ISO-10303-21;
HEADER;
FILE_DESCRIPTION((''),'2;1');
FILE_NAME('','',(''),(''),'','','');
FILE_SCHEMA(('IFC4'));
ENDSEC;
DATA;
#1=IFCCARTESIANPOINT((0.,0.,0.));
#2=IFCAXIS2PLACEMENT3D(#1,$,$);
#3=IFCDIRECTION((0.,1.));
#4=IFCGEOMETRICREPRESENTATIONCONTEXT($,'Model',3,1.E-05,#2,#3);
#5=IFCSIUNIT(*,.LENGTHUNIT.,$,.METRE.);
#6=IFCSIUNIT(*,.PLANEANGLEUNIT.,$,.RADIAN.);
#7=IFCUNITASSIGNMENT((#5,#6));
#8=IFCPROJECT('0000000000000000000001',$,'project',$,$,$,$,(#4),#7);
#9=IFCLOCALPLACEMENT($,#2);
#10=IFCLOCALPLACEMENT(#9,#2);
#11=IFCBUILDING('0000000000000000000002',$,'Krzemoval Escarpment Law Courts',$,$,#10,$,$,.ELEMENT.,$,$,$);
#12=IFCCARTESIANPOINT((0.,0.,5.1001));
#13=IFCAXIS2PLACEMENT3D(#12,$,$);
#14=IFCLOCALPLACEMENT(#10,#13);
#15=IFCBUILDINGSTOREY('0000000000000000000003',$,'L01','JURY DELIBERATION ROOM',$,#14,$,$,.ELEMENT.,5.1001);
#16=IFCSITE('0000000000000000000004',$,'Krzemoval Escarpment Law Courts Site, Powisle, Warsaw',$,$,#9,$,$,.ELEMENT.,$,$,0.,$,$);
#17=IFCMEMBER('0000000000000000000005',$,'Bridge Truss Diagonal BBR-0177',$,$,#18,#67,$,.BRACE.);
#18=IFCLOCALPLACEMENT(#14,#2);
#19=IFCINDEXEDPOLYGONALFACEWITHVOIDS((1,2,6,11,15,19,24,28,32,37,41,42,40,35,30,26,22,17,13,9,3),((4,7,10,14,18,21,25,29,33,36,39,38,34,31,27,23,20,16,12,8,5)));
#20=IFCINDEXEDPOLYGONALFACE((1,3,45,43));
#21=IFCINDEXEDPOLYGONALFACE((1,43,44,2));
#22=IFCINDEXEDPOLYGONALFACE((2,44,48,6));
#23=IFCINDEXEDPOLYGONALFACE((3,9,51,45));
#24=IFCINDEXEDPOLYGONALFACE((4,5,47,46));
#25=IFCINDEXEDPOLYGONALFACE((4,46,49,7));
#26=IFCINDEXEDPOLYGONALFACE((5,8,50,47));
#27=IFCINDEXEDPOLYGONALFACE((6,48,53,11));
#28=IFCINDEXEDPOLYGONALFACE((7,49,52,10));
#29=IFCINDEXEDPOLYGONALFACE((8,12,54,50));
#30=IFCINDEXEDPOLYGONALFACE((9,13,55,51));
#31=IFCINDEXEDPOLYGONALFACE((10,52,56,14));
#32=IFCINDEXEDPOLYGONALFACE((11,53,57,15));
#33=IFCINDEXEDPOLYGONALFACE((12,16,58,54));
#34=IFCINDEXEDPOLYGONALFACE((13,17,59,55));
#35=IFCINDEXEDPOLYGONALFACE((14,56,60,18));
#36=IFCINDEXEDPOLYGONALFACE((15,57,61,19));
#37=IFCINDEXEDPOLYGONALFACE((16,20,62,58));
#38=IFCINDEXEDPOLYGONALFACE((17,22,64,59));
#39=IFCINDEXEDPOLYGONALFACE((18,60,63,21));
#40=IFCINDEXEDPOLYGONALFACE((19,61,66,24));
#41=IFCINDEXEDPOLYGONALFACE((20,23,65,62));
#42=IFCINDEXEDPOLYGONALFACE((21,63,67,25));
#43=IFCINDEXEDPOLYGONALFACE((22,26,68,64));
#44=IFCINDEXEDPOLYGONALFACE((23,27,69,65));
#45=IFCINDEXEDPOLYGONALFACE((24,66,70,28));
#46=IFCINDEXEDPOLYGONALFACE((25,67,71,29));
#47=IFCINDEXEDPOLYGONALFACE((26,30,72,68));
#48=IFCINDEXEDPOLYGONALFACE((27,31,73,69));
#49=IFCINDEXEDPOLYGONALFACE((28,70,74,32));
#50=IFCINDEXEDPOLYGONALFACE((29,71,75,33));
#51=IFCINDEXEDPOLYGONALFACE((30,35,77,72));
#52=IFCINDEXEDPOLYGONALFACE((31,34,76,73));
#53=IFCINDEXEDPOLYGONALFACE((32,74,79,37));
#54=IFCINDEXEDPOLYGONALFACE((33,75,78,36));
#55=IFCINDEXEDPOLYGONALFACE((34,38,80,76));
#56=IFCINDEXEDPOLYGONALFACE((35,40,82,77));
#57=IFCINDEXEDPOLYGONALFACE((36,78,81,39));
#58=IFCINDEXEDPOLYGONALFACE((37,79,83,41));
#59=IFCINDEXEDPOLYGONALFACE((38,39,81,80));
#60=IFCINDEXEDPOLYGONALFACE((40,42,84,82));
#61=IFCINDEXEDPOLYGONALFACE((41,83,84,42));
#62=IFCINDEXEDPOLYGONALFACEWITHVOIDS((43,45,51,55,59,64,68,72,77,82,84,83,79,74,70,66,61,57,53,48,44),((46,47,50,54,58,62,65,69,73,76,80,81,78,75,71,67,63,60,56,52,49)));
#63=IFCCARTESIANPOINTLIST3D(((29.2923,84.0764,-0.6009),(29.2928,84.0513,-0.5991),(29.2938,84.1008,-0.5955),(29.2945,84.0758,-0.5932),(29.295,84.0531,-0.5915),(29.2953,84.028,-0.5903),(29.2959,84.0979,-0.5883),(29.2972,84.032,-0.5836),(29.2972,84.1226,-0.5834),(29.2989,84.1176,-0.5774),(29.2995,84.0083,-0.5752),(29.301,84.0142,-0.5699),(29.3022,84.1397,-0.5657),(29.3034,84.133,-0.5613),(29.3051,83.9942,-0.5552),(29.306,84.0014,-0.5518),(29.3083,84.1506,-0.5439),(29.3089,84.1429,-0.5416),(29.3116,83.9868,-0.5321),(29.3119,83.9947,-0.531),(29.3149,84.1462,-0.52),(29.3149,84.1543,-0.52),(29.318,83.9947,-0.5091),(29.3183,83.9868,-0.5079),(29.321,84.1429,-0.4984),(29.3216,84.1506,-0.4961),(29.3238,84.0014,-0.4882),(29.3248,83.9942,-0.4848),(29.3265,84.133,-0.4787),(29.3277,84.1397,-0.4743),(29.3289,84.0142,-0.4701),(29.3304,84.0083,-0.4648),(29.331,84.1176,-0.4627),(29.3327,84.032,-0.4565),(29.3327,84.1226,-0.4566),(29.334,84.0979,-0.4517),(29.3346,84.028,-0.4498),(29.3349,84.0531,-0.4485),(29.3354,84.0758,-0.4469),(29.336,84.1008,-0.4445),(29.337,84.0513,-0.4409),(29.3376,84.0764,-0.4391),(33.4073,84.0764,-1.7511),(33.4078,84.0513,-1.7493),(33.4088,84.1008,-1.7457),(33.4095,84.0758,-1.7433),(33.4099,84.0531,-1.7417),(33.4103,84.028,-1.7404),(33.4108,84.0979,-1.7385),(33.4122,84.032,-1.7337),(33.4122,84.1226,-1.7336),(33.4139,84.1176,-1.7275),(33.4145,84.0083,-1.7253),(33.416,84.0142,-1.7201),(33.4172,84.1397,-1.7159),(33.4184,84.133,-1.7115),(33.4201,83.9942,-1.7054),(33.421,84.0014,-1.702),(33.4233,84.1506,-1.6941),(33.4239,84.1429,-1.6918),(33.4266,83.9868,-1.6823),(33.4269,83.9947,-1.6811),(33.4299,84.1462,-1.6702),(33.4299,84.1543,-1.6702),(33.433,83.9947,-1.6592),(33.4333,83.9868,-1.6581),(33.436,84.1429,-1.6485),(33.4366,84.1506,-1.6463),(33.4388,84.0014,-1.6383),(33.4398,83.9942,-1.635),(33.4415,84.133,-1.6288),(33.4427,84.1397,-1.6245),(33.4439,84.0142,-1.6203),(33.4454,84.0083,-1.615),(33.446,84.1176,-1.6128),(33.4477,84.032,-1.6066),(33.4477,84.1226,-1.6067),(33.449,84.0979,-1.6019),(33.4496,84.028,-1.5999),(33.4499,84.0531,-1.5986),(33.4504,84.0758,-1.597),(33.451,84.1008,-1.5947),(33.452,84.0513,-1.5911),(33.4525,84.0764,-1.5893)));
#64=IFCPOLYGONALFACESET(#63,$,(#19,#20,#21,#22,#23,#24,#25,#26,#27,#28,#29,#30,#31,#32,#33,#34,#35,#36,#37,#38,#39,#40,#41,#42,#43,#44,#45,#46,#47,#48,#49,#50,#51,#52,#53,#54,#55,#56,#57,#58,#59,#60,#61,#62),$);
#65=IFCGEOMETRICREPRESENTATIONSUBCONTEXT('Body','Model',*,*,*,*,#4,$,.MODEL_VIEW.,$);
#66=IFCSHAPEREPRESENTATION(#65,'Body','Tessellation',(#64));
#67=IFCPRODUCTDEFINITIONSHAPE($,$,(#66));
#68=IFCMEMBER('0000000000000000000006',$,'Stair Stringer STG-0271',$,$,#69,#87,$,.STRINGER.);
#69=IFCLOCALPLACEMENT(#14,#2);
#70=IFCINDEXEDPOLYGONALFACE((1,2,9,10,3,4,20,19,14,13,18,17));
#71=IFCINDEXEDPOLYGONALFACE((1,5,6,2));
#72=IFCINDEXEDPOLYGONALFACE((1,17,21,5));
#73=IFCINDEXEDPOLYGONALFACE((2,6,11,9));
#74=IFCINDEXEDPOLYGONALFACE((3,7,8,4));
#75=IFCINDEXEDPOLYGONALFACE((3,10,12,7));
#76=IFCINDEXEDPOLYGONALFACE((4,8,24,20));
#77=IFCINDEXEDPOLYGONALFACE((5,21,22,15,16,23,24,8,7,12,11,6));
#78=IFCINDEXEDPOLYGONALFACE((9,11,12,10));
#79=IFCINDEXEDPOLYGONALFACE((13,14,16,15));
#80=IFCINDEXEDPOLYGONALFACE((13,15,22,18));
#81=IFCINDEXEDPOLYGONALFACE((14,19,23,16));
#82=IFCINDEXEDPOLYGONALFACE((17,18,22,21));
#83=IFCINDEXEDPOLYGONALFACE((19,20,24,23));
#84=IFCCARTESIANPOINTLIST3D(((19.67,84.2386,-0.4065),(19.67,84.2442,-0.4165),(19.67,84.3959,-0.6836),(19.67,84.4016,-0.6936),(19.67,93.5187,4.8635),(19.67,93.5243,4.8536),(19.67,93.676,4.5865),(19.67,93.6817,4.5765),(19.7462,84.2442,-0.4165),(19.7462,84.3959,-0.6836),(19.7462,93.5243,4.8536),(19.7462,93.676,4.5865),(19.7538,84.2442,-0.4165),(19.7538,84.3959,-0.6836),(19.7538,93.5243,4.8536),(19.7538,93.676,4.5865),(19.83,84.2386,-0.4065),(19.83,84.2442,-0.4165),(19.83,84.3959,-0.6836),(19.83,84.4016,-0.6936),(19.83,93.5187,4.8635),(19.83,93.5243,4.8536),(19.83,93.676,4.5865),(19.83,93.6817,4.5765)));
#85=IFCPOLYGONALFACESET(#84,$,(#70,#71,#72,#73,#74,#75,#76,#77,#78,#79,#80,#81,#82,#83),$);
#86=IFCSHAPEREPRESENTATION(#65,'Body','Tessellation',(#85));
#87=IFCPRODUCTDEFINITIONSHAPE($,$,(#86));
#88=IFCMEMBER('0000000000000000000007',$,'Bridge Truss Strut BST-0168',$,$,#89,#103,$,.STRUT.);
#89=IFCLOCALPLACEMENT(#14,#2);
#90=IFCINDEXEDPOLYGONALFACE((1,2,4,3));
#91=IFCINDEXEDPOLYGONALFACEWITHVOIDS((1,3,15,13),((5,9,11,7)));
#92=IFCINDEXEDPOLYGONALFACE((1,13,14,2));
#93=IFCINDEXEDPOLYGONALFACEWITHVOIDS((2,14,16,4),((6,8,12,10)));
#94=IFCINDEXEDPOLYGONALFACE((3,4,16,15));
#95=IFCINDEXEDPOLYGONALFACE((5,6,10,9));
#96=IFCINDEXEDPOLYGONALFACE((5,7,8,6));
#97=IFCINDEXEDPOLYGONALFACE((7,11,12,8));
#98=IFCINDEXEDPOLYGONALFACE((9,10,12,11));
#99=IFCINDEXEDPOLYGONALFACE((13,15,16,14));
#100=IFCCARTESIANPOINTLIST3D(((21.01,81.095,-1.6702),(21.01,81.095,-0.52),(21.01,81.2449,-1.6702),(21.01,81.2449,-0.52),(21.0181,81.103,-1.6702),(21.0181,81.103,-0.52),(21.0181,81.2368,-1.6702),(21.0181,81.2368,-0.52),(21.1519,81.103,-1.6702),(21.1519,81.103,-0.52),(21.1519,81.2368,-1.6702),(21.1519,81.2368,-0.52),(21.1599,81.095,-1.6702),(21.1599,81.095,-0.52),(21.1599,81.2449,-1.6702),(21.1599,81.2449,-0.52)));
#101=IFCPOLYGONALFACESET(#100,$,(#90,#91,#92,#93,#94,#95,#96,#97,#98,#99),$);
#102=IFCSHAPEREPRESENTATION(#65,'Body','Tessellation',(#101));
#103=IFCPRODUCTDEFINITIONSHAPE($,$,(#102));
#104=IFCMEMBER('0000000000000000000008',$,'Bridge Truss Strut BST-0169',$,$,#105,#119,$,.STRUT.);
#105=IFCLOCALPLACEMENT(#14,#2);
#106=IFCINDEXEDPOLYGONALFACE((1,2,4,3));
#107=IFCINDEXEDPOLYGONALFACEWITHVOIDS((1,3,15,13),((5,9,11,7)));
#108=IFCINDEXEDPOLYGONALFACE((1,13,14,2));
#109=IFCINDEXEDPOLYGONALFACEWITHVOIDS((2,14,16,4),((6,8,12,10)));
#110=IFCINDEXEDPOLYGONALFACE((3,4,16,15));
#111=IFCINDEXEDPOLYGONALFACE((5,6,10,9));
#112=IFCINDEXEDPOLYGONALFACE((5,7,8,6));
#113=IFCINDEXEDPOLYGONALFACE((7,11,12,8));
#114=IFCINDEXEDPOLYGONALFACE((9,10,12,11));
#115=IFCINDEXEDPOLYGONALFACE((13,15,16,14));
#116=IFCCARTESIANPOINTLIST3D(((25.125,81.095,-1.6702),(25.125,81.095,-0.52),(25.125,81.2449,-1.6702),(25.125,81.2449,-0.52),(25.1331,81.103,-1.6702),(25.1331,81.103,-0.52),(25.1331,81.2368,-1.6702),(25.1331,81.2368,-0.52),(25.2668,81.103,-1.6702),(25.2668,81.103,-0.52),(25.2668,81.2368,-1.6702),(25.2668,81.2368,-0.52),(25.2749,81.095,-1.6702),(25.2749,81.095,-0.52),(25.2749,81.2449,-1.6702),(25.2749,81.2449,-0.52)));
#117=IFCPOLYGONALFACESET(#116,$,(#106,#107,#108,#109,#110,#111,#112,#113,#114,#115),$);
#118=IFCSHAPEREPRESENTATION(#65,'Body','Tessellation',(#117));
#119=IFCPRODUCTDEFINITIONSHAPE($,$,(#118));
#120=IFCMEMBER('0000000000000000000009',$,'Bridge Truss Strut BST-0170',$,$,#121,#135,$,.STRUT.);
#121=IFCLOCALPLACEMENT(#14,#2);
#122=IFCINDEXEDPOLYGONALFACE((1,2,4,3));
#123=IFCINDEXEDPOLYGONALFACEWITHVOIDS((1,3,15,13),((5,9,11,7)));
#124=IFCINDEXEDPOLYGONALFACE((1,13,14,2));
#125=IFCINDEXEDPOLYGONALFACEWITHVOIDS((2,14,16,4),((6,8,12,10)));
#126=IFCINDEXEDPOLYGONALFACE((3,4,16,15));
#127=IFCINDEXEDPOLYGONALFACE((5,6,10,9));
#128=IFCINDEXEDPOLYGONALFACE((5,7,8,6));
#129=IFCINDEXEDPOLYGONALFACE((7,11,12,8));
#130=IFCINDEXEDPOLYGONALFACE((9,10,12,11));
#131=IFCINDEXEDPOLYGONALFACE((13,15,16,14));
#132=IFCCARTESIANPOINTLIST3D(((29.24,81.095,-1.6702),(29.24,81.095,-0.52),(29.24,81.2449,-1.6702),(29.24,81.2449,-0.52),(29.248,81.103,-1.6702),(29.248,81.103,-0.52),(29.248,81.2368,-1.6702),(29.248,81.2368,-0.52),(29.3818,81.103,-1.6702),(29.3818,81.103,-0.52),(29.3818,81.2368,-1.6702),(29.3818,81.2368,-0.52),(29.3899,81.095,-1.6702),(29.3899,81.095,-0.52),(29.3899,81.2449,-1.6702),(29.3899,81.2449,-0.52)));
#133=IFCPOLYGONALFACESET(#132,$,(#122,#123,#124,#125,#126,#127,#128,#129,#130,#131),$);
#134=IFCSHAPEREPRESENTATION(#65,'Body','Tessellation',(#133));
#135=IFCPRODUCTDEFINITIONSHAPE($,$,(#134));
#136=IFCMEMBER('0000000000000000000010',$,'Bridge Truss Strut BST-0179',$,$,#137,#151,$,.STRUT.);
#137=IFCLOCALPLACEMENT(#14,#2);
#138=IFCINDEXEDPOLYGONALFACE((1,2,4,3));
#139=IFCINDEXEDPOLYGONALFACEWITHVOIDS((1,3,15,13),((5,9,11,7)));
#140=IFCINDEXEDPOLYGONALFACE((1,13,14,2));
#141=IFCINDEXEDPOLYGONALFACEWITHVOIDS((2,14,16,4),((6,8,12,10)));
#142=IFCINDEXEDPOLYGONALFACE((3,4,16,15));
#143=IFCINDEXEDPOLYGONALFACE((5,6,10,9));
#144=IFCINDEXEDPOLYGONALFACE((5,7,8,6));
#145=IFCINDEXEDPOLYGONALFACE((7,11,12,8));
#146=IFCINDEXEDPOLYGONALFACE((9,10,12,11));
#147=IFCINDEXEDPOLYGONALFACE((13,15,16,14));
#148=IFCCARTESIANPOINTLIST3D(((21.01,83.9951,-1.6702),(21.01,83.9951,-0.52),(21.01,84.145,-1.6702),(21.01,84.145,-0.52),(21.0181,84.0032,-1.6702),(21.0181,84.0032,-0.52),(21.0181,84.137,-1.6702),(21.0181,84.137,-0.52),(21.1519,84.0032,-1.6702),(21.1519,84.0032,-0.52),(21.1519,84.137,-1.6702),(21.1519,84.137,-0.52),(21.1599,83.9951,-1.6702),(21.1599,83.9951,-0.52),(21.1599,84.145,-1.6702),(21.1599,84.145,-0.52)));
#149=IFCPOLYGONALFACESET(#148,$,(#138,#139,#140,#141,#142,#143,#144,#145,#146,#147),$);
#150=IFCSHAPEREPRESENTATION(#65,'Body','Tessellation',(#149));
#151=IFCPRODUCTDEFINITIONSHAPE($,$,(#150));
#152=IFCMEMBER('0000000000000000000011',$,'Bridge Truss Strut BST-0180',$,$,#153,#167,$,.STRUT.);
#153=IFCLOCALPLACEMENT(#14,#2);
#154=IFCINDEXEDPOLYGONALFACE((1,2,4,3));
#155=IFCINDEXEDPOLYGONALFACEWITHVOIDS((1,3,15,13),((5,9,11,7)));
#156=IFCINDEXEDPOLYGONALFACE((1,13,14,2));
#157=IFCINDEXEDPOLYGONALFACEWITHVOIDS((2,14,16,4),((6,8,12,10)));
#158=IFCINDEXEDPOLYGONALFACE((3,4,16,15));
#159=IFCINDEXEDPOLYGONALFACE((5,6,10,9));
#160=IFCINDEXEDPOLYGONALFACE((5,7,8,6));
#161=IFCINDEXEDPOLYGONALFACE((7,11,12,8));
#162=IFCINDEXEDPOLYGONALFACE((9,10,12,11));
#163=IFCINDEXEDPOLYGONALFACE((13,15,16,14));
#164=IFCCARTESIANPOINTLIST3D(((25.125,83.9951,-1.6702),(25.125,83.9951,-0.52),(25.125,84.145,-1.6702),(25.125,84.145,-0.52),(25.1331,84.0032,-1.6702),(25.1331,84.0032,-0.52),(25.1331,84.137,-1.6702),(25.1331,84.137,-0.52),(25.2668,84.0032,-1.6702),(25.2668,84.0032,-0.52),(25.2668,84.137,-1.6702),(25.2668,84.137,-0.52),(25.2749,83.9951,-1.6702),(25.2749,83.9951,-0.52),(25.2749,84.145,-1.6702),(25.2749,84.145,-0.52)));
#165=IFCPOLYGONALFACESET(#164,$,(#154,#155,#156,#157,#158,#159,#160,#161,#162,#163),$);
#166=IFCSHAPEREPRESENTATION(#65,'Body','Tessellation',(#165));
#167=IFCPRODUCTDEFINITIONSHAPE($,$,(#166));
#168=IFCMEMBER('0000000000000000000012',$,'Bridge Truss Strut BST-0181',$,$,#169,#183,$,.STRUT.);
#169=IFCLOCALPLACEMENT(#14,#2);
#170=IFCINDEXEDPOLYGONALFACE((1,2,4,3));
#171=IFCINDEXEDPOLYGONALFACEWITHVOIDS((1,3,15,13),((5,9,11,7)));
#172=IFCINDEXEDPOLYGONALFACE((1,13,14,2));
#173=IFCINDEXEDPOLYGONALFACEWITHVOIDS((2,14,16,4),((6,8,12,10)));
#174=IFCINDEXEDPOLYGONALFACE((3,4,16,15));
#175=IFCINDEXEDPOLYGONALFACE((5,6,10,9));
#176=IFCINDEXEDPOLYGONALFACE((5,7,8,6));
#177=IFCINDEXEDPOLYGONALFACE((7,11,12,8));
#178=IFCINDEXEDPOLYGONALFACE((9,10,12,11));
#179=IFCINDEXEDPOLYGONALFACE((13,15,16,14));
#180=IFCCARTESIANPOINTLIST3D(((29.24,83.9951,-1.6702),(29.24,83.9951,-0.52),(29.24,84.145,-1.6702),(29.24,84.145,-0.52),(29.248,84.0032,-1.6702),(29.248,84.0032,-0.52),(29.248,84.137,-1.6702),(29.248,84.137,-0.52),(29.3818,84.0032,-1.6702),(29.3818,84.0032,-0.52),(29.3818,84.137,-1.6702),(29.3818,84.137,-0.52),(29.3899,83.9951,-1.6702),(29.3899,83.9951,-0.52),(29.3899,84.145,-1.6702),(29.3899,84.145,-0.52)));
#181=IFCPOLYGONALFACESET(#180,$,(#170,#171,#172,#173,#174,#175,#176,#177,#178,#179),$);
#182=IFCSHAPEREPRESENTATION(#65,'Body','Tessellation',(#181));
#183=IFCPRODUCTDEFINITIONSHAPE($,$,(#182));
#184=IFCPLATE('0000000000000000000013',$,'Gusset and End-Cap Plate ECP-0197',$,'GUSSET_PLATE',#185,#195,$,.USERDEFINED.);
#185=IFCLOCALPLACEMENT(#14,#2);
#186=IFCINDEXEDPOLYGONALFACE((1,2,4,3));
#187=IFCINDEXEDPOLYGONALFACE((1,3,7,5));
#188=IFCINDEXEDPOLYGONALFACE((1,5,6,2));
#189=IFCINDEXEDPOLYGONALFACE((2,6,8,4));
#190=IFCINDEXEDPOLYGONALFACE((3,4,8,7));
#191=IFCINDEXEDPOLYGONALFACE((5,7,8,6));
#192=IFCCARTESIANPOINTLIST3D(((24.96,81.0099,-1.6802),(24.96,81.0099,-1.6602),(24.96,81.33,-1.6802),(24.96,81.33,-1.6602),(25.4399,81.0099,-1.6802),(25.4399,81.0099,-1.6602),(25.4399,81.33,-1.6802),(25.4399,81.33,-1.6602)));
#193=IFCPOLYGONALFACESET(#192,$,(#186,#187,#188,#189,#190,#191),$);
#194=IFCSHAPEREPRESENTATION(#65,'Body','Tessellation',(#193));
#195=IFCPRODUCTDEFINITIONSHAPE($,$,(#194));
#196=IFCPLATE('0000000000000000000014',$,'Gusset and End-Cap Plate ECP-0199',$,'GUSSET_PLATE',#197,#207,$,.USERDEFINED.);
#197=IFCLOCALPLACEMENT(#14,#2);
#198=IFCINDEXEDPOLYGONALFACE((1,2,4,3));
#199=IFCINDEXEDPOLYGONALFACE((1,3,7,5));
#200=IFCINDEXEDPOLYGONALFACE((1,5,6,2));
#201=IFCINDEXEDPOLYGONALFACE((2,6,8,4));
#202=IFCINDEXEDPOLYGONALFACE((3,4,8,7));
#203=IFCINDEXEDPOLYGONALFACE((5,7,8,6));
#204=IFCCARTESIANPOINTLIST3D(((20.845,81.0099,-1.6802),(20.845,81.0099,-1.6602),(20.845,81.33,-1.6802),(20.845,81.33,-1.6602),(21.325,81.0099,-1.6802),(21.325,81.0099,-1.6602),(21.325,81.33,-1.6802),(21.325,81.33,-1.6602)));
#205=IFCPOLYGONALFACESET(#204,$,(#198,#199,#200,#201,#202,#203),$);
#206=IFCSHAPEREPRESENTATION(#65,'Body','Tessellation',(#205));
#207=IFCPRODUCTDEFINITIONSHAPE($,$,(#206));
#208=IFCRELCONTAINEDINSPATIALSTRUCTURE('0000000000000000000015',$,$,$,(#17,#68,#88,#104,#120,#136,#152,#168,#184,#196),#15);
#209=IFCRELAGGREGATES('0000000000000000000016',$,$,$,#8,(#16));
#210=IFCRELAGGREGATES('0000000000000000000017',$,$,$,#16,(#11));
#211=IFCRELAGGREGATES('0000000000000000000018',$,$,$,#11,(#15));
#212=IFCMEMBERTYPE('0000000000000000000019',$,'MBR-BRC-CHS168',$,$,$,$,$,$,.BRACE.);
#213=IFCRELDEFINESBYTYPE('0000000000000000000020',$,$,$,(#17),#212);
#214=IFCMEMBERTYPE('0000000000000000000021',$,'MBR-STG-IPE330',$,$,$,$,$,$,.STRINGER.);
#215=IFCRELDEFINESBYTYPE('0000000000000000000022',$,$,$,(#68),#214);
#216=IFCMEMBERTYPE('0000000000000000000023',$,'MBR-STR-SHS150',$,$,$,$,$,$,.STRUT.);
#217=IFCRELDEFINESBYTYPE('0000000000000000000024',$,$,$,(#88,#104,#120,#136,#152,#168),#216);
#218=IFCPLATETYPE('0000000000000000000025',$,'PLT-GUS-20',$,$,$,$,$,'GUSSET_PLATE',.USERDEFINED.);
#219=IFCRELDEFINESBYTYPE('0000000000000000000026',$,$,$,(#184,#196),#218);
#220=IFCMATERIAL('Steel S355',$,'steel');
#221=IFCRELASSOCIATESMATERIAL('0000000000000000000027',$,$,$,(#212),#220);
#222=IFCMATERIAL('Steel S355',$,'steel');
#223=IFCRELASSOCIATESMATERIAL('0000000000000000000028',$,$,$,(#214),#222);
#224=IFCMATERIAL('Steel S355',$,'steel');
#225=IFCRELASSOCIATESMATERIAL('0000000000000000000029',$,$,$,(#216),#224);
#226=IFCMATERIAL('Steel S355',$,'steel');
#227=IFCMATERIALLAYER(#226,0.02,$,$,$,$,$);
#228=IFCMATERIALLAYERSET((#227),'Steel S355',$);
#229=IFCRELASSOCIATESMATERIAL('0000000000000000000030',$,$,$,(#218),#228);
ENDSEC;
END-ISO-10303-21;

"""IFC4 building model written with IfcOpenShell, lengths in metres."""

from ifc_helpers import new_model, si_unit, direction, frame, origin, origin_2d, place, context, subcontext, project, spatial, rectangle, hollow_rectangle, hollow_circle, i_section, extrude, material, layer, layer_set, material_profile, profile_set, type_object, element, save


model = new_model("IFC4")

# Units and contexts
model_context = context("Model", 3, precision=1e-05, world=origin(), true_north=direction((0.0, 1.0)))
body_context = subcontext(model_context, "Body", "Model", "MODEL_VIEW")
ifc_project = project(units=[si_unit("LENGTHUNIT", "METRE"), si_unit("PLANEANGLEUNIT", "RADIAN")], contexts=[model_context])

# Site, building, storey
site_placement = place(None, origin())
site = spatial("IfcSite", under=ifc_project, at=site_placement, Name="Krzemoval Escarpment Law Courts Site, Powisle, Warsaw", CompositionType="ELEMENT", RefElevation=0.0)
building_placement = place(site_placement, origin())
building = spatial("IfcBuilding", under=site, at=building_placement, Name="Krzemoval Escarpment Law Courts", CompositionType="ELEMENT")
storey_placement = place(building_placement, frame((0.0, 0.0, 5.1001)))
storey = spatial("IfcBuildingStorey", under=building, at=storey_placement, Name="L01", Description="JURY DELIBERATION ROOM", CompositionType="ELEMENT", Elevation=5.1001)

# Members
ifc_material_1 = material(Name="Steel S355", Category="steel")
ifc_material_profile_1 = material_profile(ifc_material_1, hollow_circle(Radius=0.0842, WallThickness=0.0081, at=origin_2d()), Name="CHS 168.3x8")
ifc_profile_set_1 = profile_set([ifc_material_profile_1], Name="Steel S355")
member_type_1 = type_object("IfcMemberType", Name="MBR-BRC-CHS168", PredefinedType="BRACE", material=ifc_profile_set_1)
for number, where, z_axis, x_axis, name in (
    (1, (29.3149, 84.0701, -0.52), (0.963089, 0.0, -0.269185), (0.0, 1.0, 0.0), "Bridge Truss Diagonal BBR-0177"),
):
    element("IfcMember", number, at=place(storey_placement, frame(where, z_axis=z_axis, x_axis=x_axis)), inside=storey, type_object=member_type_1, Name=name, PredefinedType="BRACE", context=body_context, shape_type="SweptSolid", body=[
        extrude(hollow_circle(Radius=0.0842, WallThickness=0.0081, at=origin_2d()), origin(), (0.0, 0.0, 1.0), 4.2727),
    ])
ifc_material_2 = material(Name="Steel S355", Category="steel")
ifc_material_profile_2 = material_profile(ifc_material_2, i_section(OverallWidth=0.1599, OverallDepth=0.3301, WebThickness=0.0076, FlangeThickness=0.0115, at=origin_2d()), Name="IPE 330")
ifc_profile_set_2 = profile_set([ifc_material_profile_2], Name="Steel S355")
member_type_2 = type_object("IfcMemberType", Name="MBR-STG-IPE330", PredefinedType="STRINGER", material=ifc_profile_set_2)
member_placement = place(storey_placement, frame((19.75, 84.3201, -0.55), z_axis=(0.0, 0.869566, 0.493816), x_axis=(-1.0, 0.0, 0.0)))
element("IfcMember", 2, at=member_placement, inside=storey, type_object=member_type_2, Name="Stair Stringer STG-0271", PredefinedType="STRINGER", context=body_context, shape_type="SweptSolid", body=[
    extrude(i_section(OverallWidth=0.1599, OverallDepth=0.3301, WebThickness=0.0076, FlangeThickness=0.0115, at=origin_2d()), origin(), (0.0, 0.0, 1.0), 10.6721),
])
ifc_material_3 = material(Name="Steel S355", Category="steel")
ifc_material_profile_3 = material_profile(ifc_material_3, hollow_rectangle(XDim=0.1499, YDim=0.1499, WallThickness=0.0081, at=origin_2d()), Name="SHS 150x150x8")
ifc_profile_set_3 = profile_set([ifc_material_profile_3], Name="Steel S355")
member_type_3 = type_object("IfcMemberType", Name="MBR-STR-SHS150", PredefinedType="STRUT", material=ifc_profile_set_3)
for number, where, z_axis, x_axis, name in (
    (3, (21.085, 81.1699, -1.6702), (0.0, 0.0, 1.0), (1.0, 0.0, 0.0), "Bridge Truss Strut BST-0168"),
    (4, (25.2, 81.1699, -1.6702), (0.0, 0.0, 1.0), (1.0, 0.0, 0.0), "Bridge Truss Strut BST-0169"),
    (5, (29.3149, 81.1699, -1.6702), (0.0, 0.0, 1.0), (1.0, 0.0, 0.0), "Bridge Truss Strut BST-0170"),
    (6, (21.085, 84.0701, -1.6702), (0.0, 0.0, 1.0), (1.0, 0.0, 0.0), "Bridge Truss Strut BST-0179"),
    (7, (25.2, 84.0701, -1.6702), (0.0, 0.0, 1.0), (1.0, 0.0, 0.0), "Bridge Truss Strut BST-0180"),
    (8, (29.3149, 84.0701, -1.6702), (0.0, 0.0, 1.0), (1.0, 0.0, 0.0), "Bridge Truss Strut BST-0181"),
):
    element("IfcMember", number, at=place(storey_placement, frame(where, z_axis=z_axis, x_axis=x_axis)), inside=storey, type_object=member_type_3, Name=name, PredefinedType="STRUT", context=body_context, shape_type="SweptSolid", body=[
        extrude(hollow_rectangle(XDim=0.1499, YDim=0.1499, WallThickness=0.0081, at=origin_2d()), origin(), (0.0, 0.0, 1.0), 1.1501),
    ])

# Plates
ifc_material_4 = material(Name="Steel S355", Category="steel")
ifc_layer_1 = layer(ifc_material_4, 0.02)
ifc_layer_set_1 = layer_set([ifc_layer_1], Name="Steel S355")
plate_type_1 = type_object("IfcPlateType", Name="PLT-GUS-20", ElementType="GUSSET_PLATE", PredefinedType="USERDEFINED", material=ifc_layer_set_1)
for number, where, z_axis, x_axis, name in (
    (9, (25.2, 81.1699, -1.6802), (0.0, 0.0, 1.0), (1.0, 0.0, 0.0), "Gusset and End-Cap Plate ECP-0197"),
    (10, (21.085, 81.1699, -1.6802), (0.0, 0.0, 1.0), (1.0, 0.0, 0.0), "Gusset and End-Cap Plate ECP-0199"),
):
    element("IfcPlate", number, at=place(storey_placement, frame(where, z_axis=z_axis, x_axis=x_axis)), inside=storey, type_object=plate_type_1, Name=name, ObjectType="GUSSET_PLATE", PredefinedType="USERDEFINED", context=body_context, shape_type="SweptSolid", body=[
        extrude(rectangle(XDim=0.48, YDim=0.3201, at=origin_2d()), origin(), (0.0, 0.0, 1.0), 0.02),
    ])

save(model, "model.ifc")
